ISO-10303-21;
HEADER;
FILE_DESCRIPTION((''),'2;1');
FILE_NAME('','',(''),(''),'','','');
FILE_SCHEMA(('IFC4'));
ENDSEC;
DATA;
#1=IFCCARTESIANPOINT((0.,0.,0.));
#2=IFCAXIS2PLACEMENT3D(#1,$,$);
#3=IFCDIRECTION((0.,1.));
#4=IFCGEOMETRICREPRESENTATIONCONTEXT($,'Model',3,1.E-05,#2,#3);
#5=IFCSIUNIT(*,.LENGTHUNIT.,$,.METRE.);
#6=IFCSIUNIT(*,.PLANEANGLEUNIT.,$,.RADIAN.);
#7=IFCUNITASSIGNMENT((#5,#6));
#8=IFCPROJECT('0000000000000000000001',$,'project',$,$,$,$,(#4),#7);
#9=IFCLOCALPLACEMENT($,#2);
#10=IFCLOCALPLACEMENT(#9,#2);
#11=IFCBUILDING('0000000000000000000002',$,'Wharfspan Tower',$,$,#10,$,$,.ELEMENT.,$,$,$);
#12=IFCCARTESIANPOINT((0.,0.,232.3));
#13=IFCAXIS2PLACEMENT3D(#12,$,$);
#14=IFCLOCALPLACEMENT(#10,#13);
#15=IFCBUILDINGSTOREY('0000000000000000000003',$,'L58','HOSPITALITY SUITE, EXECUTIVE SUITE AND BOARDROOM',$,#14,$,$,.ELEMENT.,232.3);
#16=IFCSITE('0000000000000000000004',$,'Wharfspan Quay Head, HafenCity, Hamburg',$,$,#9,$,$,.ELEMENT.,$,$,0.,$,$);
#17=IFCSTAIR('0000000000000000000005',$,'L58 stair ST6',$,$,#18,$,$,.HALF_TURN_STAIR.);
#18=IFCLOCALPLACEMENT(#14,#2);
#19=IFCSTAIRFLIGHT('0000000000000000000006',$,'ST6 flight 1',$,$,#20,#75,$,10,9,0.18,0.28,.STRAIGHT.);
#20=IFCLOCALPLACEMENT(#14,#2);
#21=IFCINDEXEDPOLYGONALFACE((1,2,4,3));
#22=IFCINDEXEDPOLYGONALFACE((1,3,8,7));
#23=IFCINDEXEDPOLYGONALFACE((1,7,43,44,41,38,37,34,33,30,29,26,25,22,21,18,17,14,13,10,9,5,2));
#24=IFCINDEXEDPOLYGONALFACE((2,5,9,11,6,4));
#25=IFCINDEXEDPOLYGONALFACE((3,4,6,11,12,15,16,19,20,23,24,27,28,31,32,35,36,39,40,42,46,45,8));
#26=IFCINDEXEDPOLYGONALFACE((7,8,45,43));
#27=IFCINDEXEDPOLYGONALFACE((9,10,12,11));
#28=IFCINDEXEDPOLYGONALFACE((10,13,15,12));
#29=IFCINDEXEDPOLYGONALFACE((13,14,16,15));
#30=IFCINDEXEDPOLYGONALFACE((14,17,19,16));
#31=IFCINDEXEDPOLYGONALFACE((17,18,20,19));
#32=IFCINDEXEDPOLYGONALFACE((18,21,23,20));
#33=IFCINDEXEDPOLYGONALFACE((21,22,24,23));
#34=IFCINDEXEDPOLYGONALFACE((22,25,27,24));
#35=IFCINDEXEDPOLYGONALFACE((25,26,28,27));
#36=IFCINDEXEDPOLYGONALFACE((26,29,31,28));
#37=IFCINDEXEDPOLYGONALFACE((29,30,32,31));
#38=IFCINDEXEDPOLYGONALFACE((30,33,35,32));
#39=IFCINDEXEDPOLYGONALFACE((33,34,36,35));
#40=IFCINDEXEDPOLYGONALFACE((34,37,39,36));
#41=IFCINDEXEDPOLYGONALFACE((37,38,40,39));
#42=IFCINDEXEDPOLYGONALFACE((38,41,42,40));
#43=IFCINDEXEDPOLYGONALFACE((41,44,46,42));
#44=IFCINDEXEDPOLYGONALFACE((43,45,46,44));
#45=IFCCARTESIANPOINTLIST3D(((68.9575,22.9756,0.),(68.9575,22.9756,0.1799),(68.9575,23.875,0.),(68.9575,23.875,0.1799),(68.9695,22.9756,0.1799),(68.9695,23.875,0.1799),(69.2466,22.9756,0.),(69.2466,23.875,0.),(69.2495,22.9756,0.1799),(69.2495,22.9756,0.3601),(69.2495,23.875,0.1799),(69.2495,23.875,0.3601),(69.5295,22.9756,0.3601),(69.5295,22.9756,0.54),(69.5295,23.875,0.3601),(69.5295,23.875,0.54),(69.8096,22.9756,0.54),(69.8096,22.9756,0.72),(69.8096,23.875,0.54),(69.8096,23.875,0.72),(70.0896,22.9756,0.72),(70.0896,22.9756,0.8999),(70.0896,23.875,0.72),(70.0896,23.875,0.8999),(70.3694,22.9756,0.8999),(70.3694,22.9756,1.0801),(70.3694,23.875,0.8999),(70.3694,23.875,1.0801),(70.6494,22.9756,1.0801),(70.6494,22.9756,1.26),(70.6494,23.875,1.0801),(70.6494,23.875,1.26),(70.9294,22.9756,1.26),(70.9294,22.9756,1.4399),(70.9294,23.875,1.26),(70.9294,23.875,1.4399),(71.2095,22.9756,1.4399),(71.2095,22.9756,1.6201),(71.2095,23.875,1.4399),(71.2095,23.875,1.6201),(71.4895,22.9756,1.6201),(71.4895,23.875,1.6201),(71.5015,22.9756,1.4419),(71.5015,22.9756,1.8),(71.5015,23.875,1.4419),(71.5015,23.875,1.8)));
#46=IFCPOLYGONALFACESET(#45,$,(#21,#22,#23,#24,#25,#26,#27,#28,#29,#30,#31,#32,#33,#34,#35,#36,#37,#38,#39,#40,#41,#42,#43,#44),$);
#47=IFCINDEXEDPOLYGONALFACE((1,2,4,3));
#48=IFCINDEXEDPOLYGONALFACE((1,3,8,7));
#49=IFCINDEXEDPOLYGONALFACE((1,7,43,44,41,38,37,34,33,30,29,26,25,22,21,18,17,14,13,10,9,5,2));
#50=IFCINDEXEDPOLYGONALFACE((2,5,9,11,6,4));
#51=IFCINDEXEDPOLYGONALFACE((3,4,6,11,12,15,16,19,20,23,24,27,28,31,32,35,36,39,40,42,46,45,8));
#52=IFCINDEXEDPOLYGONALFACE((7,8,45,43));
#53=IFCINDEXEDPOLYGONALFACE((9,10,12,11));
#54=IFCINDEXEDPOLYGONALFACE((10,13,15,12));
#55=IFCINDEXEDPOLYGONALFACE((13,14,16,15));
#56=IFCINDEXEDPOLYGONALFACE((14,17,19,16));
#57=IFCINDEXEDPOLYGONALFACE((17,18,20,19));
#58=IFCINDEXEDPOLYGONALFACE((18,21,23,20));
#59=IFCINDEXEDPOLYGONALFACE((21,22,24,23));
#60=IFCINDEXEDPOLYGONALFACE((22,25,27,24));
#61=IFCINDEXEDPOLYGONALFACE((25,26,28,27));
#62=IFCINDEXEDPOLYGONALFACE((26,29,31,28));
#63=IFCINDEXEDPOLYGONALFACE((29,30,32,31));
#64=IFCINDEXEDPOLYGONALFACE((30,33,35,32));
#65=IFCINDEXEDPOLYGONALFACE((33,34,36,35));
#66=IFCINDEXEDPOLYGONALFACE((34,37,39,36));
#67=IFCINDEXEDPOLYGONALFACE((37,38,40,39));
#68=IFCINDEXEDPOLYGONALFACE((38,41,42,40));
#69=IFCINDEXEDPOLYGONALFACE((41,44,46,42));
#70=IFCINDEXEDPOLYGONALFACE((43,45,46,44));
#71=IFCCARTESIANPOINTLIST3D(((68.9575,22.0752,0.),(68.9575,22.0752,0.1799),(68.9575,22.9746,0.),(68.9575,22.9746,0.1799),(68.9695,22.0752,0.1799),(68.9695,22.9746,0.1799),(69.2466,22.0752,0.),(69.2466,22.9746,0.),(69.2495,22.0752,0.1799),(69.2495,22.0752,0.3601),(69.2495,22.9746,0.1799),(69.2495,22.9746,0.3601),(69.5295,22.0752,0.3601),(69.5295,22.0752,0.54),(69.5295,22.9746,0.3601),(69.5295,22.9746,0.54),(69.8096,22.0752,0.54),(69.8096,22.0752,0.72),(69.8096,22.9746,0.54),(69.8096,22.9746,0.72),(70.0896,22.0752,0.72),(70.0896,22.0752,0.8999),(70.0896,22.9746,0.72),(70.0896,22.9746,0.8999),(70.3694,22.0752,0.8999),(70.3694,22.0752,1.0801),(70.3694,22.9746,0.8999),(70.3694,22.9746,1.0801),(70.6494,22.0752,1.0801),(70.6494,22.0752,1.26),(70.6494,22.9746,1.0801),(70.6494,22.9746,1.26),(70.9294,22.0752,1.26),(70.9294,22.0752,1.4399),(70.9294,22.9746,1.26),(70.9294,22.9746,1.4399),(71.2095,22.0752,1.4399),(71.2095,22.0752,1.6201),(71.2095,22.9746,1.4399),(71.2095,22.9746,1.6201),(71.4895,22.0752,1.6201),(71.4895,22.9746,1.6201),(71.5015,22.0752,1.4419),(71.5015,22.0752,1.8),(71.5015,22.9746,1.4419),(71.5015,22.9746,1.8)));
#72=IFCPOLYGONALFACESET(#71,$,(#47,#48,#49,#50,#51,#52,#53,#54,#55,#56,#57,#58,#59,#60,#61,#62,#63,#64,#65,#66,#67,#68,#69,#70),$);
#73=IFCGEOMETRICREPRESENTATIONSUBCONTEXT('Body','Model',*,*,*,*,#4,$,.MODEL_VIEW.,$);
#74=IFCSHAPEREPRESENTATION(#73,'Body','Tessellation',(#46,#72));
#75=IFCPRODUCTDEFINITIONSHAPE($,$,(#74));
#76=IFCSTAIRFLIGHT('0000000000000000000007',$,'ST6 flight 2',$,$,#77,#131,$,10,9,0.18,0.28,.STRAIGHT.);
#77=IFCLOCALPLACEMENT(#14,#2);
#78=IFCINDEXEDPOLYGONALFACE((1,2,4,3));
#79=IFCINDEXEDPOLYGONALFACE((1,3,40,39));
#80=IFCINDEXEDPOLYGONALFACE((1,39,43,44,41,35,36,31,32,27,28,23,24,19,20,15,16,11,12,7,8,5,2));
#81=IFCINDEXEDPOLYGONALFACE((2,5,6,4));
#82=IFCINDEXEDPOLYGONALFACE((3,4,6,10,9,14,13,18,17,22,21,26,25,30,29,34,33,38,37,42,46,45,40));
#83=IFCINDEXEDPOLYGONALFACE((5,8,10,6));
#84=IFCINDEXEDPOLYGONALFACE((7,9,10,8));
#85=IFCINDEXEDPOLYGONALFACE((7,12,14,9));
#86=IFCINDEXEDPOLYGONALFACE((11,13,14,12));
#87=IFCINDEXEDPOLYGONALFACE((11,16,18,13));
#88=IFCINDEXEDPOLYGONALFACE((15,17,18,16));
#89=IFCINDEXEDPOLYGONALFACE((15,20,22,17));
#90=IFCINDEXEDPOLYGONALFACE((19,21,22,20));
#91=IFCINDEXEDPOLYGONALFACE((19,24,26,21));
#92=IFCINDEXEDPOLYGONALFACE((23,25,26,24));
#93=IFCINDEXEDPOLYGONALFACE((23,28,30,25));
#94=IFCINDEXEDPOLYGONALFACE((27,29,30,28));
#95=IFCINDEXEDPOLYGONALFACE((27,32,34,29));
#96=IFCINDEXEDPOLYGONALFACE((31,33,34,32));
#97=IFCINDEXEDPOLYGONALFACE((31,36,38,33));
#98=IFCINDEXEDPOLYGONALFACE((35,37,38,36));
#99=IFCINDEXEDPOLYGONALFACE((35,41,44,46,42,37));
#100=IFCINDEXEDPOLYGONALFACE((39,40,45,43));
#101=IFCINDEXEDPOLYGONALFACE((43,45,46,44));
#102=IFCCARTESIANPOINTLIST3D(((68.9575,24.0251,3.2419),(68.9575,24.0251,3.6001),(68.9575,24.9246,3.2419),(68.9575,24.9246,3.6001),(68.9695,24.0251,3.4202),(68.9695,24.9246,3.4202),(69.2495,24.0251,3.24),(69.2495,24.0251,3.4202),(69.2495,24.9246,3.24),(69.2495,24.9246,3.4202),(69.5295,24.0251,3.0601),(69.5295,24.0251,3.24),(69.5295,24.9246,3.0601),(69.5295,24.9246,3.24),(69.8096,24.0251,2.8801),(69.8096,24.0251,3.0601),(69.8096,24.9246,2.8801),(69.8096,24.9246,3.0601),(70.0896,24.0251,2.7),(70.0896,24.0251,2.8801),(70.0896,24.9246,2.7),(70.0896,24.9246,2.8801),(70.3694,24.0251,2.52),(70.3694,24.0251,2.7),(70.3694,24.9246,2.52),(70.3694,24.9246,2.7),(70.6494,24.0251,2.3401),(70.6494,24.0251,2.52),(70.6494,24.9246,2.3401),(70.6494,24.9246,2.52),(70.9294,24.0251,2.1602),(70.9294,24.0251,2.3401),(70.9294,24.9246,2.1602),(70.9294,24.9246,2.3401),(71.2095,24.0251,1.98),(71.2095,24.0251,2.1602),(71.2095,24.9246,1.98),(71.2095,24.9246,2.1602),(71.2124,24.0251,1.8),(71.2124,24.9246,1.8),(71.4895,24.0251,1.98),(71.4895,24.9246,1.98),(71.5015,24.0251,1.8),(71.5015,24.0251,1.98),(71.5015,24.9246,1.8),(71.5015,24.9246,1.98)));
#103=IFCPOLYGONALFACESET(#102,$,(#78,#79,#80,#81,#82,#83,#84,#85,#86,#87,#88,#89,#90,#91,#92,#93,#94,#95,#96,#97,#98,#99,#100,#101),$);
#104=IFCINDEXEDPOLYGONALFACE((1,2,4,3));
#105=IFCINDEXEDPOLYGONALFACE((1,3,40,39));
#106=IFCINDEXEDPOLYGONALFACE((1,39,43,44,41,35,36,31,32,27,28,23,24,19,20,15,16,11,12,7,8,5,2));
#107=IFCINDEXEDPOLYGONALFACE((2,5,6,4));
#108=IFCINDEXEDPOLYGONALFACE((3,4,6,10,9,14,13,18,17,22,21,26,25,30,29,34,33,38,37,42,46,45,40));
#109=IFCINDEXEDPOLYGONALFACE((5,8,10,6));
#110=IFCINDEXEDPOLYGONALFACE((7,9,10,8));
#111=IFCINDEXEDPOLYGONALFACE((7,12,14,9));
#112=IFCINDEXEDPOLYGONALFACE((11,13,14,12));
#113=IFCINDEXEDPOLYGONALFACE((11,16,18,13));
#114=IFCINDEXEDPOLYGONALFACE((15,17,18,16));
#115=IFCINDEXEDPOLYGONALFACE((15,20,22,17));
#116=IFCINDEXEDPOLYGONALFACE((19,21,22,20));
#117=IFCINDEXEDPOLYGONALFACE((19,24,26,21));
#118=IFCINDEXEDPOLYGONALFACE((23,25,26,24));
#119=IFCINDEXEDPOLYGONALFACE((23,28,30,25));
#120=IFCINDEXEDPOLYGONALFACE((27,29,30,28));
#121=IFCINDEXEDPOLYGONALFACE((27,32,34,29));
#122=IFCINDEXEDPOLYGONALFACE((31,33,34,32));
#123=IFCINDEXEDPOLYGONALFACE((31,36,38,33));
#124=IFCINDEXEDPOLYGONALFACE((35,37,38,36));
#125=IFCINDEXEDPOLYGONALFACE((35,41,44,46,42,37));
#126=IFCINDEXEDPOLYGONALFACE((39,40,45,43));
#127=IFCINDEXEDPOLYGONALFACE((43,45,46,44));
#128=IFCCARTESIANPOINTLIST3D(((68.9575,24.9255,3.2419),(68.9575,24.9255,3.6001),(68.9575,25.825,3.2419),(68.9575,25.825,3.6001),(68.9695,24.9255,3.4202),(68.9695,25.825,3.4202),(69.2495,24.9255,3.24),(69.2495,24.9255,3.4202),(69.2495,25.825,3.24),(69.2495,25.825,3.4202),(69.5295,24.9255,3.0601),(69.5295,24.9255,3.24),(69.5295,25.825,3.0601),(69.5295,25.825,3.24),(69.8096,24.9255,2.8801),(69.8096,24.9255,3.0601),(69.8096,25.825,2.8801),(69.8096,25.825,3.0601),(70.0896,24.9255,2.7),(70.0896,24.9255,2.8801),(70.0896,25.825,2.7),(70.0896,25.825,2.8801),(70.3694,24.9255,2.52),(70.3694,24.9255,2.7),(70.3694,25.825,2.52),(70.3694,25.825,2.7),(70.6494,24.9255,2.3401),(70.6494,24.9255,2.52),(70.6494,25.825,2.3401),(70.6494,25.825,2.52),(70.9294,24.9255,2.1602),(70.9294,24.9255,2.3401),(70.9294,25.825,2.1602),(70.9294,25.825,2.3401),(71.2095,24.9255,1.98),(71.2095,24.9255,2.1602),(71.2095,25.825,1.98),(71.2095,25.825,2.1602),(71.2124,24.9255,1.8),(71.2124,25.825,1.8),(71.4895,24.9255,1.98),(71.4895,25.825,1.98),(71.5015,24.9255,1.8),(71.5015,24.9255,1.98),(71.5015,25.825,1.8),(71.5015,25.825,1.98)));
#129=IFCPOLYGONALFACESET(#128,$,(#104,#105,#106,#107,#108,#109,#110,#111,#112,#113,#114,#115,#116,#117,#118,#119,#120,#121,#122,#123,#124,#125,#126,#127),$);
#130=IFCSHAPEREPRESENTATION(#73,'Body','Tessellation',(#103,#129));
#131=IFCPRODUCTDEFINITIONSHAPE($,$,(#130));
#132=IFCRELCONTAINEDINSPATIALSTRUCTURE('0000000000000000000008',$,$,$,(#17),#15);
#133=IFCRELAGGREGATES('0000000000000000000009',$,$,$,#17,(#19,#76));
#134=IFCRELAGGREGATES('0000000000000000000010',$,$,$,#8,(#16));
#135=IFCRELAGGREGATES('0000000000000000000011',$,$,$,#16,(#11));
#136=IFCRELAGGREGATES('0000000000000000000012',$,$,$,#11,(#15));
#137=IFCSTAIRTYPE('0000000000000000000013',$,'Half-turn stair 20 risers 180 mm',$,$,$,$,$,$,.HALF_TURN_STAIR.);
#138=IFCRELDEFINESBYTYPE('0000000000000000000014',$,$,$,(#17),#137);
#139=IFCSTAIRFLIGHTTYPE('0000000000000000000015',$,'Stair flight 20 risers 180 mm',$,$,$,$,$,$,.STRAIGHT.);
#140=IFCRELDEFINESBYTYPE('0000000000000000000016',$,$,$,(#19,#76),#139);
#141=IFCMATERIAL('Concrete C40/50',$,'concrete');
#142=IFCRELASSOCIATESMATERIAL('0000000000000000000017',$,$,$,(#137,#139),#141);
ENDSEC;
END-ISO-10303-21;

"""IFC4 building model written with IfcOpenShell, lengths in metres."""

from ifc_helpers import new_model, si_unit, direction, frame, origin, place, context, subcontext, project, spatial, polyline, outline, extrude, material, type_object, element, aggregate, save


model = new_model("IFC4")

# Units and contexts
model_context = context("Model", 3, precision=1e-05, world=origin(), true_north=direction((0.0, 1.0)))
body_context = subcontext(model_context, "Body", "Model", "MODEL_VIEW")
ifc_project = project(units=[si_unit("LENGTHUNIT", "METRE"), si_unit("PLANEANGLEUNIT", "RADIAN")], contexts=[model_context])

# Site, building, storey
site_placement = place(None, origin())
site = spatial("IfcSite", under=ifc_project, at=site_placement, Name="Wharfspan Quay Head, HafenCity, Hamburg", CompositionType="ELEMENT", RefElevation=0.0)
building_placement = place(site_placement, origin())
building = spatial("IfcBuilding", under=site, at=building_placement, Name="Wharfspan Tower", CompositionType="ELEMENT")
storey_placement = place(building_placement, frame((0.0, 0.0, 232.3)))
storey = spatial("IfcBuildingStorey", under=building, at=storey_placement, Name="L58", Description="HOSPITALITY SUITE, EXECUTIVE SUITE AND BOARDROOM", CompositionType="ELEMENT", Elevation=232.3)

# Shared definitions
ifc_material_1 = material(Name="Concrete C40/50", Category="concrete")

# Stair, stair flights
stair_type = type_object("IfcStairType", Name="Half-turn stair 20 risers 180 mm", PredefinedType="HALF_TURN_STAIR", material=ifc_material_1)
stair_placement = place(storey_placement, origin())
stair = element("IfcStair", 1, at=stair_placement, inside=storey, type_object=stair_type, Name="L58 stair ST6", PredefinedType="HALF_TURN_STAIR")
stair_flight_type = type_object("IfcStairFlightType", Name="Stair flight 20 risers 180 mm", PredefinedType="STRAIGHT", material=ifc_material_1)
stair_flight_1_placement = place(storey_placement, frame((68.9695, 22.9751, 0.0), z_axis=(0.0, 0.0, 1.0), x_axis=(1.0, 0.0, 0.0)))
stair_flight_1 = element("IfcStairFlight", 2, at=stair_flight_1_placement, type_object=stair_flight_type, Name="ST6 flight 1", NumberOfRisers=10, NumberOfTreads=9, PredefinedType="STRAIGHT", RiserHeight=0.18, TreadLength=0.28, context=body_context, shape_type="SweptSolid", body=[
    extrude(outline(polyline([(-0.012, 0.0), (-0.012, 0.1799), (0.0, 0.1799), (0.28, 0.1799), (0.28, 0.3601), (0.5601, 0.3601), (0.5601, 0.54), (0.8401, 0.54), (0.8401, 0.72), (1.1201, 0.72), (1.1201, 0.8999), (1.3999, 0.8999), (1.3999, 1.0801), (1.6799, 1.0801), (1.6799, 1.26), (1.96, 1.26), (1.96, 1.4399), (2.24, 1.4399), (2.24, 1.6201), (2.52, 1.6201), (2.532, 1.8), (2.532, 1.4419), (0.2771, 0.0), (-0.012, 0.0)])), frame((0.0, 0.8999, 0.0), z_axis=(0.0, -1.0, 0.0), x_axis=(1.0, 0.0, 0.0)), (0.0, 0.0, 1.0), 0.8994),
    extrude(outline(polyline([(-0.012, 0.0), (-0.012, 0.1799), (0.0, 0.1799), (0.28, 0.1799), (0.28, 0.3601), (0.5601, 0.3601), (0.5601, 0.54), (0.8401, 0.54), (0.8401, 0.72), (1.1201, 0.72), (1.1201, 0.8999), (1.3999, 0.8999), (1.3999, 1.0801), (1.6799, 1.0801), (1.6799, 1.26), (1.96, 1.26), (1.96, 1.4399), (2.24, 1.4399), (2.24, 1.6201), (2.52, 1.6201), (2.532, 1.8), (2.532, 1.4419), (0.2771, 0.0), (-0.012, 0.0)])), frame((0.0, -0.0005, 0.0), z_axis=(0.0, -1.0, 0.0), x_axis=(1.0, 0.0, 0.0)), (0.0, 0.0, 1.0), 0.8994),
])
stair_flight_2_placement = place(storey_placement, frame((71.4895, 24.925, 1.8), z_axis=(0.0, 0.0, 1.0), x_axis=(-1.0, 0.0, 0.0)))
stair_flight_2 = element("IfcStairFlight", 3, at=stair_flight_2_placement, type_object=stair_flight_type, Name="ST6 flight 2", NumberOfRisers=10, NumberOfTreads=9, PredefinedType="STRAIGHT", RiserHeight=0.18, TreadLength=0.28, context=body_context, shape_type="SweptSolid", body=[
    extrude(outline(polyline([(-0.012, 0.0), (-0.012, 0.1799), (0.0, 0.1799), (0.28, 0.1799), (0.28, 0.3601), (0.5601, 0.3601), (0.5601, 0.54), (0.8401, 0.54), (0.8401, 0.72), (1.1201, 0.72), (1.1201, 0.8999), (1.3999, 0.8999), (1.3999, 1.0801), (1.6799, 1.0801), (1.6799, 1.26), (1.96, 1.26), (1.96, 1.4399), (2.24, 1.4399), (2.24, 1.6201), (2.52, 1.6201), (2.532, 1.8), (2.532, 1.4419), (0.2771, 0.0), (-0.012, 0.0)])), frame((0.0, 0.8999, 0.0), z_axis=(0.0, -1.0, 0.0), x_axis=(1.0, 0.0, 0.0)), (0.0, 0.0, 1.0), 0.8994),
    extrude(outline(polyline([(-0.012, 0.0), (-0.012, 0.1799), (0.0, 0.1799), (0.28, 0.1799), (0.28, 0.3601), (0.5601, 0.3601), (0.5601, 0.54), (0.8401, 0.54), (0.8401, 0.72), (1.1201, 0.72), (1.1201, 0.8999), (1.3999, 0.8999), (1.3999, 1.0801), (1.6799, 1.0801), (1.6799, 1.26), (1.96, 1.26), (1.96, 1.4399), (2.24, 1.4399), (2.24, 1.6201), (2.52, 1.6201), (2.532, 1.8), (2.532, 1.4419), (0.2771, 0.0), (-0.012, 0.0)])), frame((0.0, -0.0005, 0.0), z_axis=(0.0, -1.0, 0.0), x_axis=(1.0, 0.0, 0.0)), (0.0, 0.0, 1.0), 0.8994),
])
aggregate(stair, [stair_flight_1, stair_flight_2])

save(model, "model.ifc")
